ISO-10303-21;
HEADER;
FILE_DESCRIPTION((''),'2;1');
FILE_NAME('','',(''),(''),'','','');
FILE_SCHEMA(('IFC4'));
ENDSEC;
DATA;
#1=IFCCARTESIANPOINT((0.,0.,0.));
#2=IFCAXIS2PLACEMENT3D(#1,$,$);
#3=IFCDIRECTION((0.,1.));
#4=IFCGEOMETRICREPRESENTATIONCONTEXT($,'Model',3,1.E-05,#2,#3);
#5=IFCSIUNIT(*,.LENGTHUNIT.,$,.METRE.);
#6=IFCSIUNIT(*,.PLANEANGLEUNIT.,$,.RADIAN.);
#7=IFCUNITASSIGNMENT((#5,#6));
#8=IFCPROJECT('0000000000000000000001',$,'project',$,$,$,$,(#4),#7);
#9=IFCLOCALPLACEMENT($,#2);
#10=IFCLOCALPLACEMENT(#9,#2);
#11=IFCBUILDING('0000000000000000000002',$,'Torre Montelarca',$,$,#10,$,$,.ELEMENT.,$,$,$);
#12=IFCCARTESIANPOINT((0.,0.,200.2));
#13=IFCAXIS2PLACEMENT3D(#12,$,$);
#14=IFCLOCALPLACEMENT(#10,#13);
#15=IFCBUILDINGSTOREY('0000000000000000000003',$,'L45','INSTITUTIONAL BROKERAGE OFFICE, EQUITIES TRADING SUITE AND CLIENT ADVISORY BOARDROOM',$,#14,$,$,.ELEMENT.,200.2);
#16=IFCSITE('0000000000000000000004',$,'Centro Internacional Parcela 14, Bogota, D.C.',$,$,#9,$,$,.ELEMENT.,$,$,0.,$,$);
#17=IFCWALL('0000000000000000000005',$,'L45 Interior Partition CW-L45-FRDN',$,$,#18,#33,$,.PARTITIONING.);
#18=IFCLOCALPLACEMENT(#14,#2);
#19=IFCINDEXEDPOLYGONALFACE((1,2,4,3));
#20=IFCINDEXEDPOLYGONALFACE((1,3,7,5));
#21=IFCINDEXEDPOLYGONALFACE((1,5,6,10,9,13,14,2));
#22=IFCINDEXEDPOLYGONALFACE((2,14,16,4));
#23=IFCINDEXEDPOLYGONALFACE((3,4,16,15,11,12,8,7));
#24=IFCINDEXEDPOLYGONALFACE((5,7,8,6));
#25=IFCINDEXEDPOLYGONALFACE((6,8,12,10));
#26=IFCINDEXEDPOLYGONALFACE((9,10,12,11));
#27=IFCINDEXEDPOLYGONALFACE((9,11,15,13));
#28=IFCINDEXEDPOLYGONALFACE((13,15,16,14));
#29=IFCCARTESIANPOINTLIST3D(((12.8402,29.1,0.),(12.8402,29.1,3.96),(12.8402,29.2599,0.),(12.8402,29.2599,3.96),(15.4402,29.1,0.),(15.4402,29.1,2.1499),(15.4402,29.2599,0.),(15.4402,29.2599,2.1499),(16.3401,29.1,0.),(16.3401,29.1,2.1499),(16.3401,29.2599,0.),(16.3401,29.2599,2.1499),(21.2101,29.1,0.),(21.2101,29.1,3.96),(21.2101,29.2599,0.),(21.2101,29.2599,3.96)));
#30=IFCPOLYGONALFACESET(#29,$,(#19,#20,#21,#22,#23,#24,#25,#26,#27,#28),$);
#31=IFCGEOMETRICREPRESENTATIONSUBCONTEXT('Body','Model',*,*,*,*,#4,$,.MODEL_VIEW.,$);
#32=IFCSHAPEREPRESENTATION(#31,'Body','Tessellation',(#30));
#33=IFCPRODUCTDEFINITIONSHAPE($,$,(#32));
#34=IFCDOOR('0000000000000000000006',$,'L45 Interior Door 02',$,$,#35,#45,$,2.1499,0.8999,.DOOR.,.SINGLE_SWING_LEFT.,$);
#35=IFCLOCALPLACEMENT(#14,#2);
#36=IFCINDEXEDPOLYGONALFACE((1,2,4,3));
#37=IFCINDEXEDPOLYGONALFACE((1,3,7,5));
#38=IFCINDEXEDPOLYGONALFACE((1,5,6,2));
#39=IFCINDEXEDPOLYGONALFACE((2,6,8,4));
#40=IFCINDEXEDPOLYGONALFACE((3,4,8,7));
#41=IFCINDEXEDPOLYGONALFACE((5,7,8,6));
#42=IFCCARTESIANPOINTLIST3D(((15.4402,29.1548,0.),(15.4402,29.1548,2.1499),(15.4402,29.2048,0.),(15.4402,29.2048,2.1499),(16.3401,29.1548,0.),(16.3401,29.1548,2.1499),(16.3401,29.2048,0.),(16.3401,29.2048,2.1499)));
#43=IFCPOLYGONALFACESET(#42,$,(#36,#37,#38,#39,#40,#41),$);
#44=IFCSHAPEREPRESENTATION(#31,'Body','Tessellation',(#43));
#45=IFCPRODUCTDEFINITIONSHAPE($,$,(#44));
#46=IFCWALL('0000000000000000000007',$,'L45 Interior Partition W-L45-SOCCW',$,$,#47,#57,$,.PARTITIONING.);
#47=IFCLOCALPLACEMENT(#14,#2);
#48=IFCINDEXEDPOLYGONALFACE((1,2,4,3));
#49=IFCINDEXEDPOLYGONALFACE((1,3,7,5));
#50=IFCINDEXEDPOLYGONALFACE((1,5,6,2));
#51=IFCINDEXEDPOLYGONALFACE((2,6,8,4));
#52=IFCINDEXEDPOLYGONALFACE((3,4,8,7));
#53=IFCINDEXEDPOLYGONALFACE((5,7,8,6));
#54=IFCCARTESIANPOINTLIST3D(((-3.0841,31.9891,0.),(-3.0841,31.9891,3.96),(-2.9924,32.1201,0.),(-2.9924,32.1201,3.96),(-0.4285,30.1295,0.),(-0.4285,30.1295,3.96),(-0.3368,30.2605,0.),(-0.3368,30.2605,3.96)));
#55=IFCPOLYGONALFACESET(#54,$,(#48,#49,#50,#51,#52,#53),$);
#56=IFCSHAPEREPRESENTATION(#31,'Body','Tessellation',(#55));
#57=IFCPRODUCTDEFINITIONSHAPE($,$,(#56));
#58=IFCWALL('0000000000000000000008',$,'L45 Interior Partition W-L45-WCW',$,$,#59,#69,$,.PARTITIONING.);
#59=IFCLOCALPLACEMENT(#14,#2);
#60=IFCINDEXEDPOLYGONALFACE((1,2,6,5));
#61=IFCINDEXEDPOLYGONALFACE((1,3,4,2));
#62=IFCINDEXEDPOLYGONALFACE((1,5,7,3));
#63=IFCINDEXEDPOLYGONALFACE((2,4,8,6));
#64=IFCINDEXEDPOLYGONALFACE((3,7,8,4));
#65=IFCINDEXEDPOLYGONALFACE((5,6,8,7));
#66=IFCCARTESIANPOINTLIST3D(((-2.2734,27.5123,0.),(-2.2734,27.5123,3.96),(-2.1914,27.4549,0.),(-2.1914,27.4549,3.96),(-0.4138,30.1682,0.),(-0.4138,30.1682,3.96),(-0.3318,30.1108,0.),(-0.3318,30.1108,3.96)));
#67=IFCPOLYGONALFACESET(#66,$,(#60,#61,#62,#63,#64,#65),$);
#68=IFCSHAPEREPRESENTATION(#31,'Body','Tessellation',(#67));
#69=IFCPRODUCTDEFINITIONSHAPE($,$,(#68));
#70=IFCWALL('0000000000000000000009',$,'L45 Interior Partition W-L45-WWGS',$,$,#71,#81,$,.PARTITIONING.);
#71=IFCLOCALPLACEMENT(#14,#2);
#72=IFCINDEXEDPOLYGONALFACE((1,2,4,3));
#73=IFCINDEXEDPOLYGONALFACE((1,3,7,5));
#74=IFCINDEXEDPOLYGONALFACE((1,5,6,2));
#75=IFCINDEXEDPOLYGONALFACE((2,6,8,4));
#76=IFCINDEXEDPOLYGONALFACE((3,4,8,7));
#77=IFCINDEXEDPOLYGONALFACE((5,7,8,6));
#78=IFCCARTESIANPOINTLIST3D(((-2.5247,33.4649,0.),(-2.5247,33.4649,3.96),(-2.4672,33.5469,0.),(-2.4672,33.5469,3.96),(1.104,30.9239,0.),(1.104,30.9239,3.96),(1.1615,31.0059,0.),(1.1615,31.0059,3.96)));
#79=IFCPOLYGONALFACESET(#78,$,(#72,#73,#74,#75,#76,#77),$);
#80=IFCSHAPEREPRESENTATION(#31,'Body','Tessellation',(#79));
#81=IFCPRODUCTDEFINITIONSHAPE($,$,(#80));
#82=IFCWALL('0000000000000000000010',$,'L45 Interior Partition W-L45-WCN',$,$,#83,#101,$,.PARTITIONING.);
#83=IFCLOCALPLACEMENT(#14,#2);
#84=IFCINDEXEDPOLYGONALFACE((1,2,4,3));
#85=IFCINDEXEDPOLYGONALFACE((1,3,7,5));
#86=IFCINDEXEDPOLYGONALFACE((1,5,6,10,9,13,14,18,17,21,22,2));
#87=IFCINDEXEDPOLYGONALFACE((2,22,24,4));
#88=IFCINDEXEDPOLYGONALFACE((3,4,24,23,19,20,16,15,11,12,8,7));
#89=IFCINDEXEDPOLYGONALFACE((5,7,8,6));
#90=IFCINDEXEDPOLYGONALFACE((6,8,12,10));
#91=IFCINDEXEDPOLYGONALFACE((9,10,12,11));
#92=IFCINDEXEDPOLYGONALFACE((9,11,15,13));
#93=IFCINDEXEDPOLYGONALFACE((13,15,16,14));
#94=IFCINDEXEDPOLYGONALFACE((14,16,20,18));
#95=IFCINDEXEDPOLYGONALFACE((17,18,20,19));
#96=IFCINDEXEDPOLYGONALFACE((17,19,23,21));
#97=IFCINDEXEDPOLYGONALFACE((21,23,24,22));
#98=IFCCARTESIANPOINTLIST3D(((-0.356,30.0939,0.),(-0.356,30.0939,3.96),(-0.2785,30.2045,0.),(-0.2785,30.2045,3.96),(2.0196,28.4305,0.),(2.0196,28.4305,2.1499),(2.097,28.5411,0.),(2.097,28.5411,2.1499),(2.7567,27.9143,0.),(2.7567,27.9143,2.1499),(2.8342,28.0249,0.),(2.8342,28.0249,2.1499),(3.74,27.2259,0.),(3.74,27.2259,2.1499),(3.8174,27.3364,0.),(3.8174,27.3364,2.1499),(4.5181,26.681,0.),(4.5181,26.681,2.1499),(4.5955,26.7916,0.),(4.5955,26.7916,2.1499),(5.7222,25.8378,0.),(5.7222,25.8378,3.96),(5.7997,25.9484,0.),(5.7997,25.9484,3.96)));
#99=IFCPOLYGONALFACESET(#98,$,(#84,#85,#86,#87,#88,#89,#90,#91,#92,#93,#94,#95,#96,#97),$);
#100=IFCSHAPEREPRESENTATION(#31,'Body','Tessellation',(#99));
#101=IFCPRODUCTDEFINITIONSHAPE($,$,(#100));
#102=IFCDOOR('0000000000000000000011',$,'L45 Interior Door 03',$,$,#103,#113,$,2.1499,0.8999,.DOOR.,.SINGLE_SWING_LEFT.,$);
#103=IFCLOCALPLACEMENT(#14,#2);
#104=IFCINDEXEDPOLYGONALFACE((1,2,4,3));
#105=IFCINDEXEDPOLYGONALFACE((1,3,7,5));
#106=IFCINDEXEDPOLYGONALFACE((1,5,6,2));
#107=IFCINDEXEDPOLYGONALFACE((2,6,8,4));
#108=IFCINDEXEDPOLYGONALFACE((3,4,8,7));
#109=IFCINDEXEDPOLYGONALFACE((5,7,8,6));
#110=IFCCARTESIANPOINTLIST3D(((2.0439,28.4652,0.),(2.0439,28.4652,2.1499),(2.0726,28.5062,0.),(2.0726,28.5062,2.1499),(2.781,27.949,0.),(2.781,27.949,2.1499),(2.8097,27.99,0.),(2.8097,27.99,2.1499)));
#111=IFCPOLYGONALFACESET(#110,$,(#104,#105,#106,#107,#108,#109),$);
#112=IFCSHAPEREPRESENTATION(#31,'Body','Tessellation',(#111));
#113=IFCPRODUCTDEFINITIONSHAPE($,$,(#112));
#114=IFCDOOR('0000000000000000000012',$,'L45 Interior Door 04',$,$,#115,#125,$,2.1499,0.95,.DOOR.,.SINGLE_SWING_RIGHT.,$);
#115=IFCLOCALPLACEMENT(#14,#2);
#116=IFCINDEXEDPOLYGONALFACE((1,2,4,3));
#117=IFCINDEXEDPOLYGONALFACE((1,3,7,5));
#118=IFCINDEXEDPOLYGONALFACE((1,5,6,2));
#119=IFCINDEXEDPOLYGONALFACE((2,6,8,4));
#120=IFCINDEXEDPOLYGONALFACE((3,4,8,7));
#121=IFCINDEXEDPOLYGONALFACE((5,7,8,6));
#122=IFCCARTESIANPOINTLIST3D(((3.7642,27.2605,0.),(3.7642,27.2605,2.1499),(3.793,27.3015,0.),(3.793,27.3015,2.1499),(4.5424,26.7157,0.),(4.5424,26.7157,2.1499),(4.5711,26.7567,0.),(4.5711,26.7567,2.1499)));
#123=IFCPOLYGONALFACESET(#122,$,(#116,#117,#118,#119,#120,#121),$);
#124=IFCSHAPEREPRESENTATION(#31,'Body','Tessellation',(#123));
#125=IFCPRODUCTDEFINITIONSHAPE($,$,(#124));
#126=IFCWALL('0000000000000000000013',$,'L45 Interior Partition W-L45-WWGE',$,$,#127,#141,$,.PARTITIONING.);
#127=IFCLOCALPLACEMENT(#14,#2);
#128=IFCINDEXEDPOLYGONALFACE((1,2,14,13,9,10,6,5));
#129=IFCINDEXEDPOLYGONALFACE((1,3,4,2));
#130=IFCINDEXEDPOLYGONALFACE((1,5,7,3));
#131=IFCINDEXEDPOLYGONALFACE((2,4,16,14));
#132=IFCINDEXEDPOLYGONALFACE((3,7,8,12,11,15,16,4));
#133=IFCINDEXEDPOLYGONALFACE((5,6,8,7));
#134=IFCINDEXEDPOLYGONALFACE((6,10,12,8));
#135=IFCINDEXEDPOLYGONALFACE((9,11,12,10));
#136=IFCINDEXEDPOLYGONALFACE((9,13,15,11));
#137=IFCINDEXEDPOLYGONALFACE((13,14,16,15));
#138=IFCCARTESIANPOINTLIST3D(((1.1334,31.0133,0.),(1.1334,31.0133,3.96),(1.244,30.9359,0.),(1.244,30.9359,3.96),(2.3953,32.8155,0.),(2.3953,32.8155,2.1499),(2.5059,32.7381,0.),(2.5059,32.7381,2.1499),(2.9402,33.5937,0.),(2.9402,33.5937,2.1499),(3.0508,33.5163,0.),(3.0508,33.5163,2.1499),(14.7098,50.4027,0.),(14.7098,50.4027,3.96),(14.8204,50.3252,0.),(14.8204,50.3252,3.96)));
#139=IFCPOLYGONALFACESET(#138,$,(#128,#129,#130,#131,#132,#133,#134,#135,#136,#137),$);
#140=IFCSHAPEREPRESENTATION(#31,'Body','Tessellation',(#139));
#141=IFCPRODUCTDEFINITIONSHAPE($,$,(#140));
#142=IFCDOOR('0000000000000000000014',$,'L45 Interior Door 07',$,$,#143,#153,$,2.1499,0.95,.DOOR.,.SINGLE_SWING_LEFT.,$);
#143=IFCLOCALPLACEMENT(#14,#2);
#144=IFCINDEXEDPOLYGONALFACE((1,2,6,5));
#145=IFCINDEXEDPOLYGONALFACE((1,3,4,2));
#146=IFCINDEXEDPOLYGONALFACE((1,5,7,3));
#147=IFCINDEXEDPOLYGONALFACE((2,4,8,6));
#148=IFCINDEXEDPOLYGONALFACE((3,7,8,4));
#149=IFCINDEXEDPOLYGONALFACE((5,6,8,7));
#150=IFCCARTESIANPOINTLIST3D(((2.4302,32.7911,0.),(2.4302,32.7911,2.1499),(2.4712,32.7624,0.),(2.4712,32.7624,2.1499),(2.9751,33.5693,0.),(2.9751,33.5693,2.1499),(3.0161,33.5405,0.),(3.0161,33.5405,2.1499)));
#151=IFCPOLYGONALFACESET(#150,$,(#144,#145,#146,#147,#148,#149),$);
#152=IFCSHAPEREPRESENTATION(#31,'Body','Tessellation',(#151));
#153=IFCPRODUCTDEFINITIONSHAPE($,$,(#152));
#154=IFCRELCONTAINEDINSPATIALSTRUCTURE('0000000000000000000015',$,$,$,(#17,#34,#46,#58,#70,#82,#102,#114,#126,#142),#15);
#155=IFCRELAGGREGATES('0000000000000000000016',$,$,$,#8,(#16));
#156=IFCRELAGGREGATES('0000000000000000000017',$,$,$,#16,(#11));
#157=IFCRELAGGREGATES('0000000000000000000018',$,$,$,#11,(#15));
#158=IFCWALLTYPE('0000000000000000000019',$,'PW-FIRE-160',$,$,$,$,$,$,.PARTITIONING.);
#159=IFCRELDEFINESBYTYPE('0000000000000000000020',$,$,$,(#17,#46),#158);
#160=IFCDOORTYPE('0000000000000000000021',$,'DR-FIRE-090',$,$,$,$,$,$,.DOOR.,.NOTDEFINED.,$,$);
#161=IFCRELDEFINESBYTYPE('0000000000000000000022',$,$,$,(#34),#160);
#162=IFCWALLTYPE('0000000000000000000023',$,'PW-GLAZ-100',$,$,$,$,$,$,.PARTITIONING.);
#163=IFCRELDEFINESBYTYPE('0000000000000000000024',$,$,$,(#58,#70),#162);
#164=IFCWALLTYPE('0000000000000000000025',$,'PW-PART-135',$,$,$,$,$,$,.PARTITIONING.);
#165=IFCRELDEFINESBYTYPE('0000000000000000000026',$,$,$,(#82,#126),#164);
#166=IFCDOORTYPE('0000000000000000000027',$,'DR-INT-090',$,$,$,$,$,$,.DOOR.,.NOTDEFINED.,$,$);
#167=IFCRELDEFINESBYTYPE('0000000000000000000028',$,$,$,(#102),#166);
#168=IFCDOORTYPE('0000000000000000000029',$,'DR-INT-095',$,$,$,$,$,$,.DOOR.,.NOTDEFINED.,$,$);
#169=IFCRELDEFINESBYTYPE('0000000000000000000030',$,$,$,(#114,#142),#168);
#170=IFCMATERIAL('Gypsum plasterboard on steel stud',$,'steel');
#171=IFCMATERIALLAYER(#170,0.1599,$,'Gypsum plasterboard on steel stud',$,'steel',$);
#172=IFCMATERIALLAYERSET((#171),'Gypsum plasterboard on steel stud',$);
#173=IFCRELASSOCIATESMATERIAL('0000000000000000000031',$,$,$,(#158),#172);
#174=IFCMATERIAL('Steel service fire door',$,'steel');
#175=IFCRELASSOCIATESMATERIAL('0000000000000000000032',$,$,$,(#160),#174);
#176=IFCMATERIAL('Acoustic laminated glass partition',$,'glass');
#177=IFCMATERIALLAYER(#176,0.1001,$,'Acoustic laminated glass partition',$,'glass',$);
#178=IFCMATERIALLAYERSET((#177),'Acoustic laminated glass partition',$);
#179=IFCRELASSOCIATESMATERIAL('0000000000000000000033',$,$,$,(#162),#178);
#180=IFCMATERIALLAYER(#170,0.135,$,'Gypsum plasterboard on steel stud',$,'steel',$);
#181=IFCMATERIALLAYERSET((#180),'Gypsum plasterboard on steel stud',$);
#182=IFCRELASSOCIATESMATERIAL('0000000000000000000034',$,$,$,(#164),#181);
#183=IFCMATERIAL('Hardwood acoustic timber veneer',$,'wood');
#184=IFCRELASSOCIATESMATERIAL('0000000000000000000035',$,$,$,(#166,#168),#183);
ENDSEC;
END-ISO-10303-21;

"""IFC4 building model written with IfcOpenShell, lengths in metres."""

from ifc_helpers import new_model, si_unit, direction, frame, frame_2d, origin, place, context, subcontext, project, spatial, rectangle, extrude, source, transform, mapped, material, layer, layer_set, type_object, element, fill, save


model = new_model("IFC4")

# Units and contexts
model_context = context("Model", 3, precision=1e-05, world=origin(), true_north=direction((0.0, 1.0)))
body_context = subcontext(model_context, "Body", "Model", "MODEL_VIEW")
ifc_project = project(units=[si_unit("LENGTHUNIT", "METRE"), si_unit("PLANEANGLEUNIT", "RADIAN")], contexts=[model_context])

# Site, building, storey
site_placement = place(None, origin())
site = spatial("IfcSite", under=ifc_project, at=site_placement, Name="Centro Internacional Parcela 14, Bogota, D.C.", CompositionType="ELEMENT", RefElevation=0.0)
building_placement = place(site_placement, origin())
building = spatial("IfcBuilding", under=site, at=building_placement, Name="Torre Montelarca", CompositionType="ELEMENT")
storey_placement = place(building_placement, frame((0.0, 0.0, 200.2)))
storey = spatial("IfcBuildingStorey", under=building, at=storey_placement, Name="L45", Description="INSTITUTIONAL BROKERAGE OFFICE, EQUITIES TRADING SUITE AND CLIENT ADVISORY BOARDROOM", CompositionType="ELEMENT", Elevation=200.2)

# Wall, opening, door
ifc_material_1 = material(Name="Gypsum plasterboard on steel stud", Category="steel")
ifc_layer_1 = layer(ifc_material_1, 0.1599, Name="Gypsum plasterboard on steel stud", Category="steel")
ifc_layer_set_1 = layer_set([ifc_layer_1], Name="Gypsum plasterboard on steel stud")
wall_type_1 = type_object("IfcWallType", Name="PW-FIRE-160", PredefinedType="PARTITIONING", material=ifc_layer_set_1)
wall_1_placement = place(storey_placement, frame((12.8401, 29.1799, 0.0), z_axis=(0.0, 0.0, 1.0), x_axis=(1.0, 0.0, 0.0)))
wall_1 = element("IfcWall", 1, at=wall_1_placement, inside=storey, type_object=wall_type_1, Name="L45 Interior Partition CW-L45-FRDN", PredefinedType="PARTITIONING", context=body_context, shape_type="SweptSolid", body=[
    extrude(rectangle(XDim=8.3699, YDim=0.1599, at=frame_2d((4.1851, 0.0))), origin(), (0.0, 0.0, 1.0), 3.96),
])
opening_1_placement = place(wall_1_placement, frame((2.6001, 0.0, 0.0)))
opening_1 = element("IfcOpeningElement", 2, at=opening_1_placement, cuts=wall_1, PredefinedType="OPENING", context=body_context, shape_type="SweptSolid", body=[
    extrude(rectangle(XDim=0.8999, YDim=2.1499, at=frame_2d((0.45, 1.075))), frame((0.0, 0.0898, 0.0), z_axis=(0.0, -1.0, 0.0), x_axis=(1.0, 0.0, 0.0)), (0.0, 0.0, 1.0), 0.1799),
])
ifc_material_2 = material(Name="Steel service fire door", Category="steel")
door_type_1 = type_object("IfcDoorType", Name="DR-FIRE-090", OperationType="NOTDEFINED", PredefinedType="DOOR", material=ifc_material_2)
shared_shape_1 = source(origin(), body_context, "Body", "SweptSolid", [
    extrude(rectangle(XDim=0.8999, YDim=2.1499, at=frame_2d((0.45, 1.075))), frame((0.0, 0.0249, 0.0), z_axis=(0.0, -1.0, 0.0), x_axis=(1.0, 0.0, 0.0)), (0.0, 0.0, 1.0), 0.05),
])
door_1_placement = place(opening_1_placement, origin())
door_1 = element("IfcDoor", 3, at=door_1_placement, inside=storey, type_object=door_type_1, Name="L45 Interior Door 02", OperationType="SINGLE_SWING_LEFT", OverallHeight=2.1499, OverallWidth=0.8999, PredefinedType="DOOR", context=body_context, shape_type="MappedRepresentation", body=[
    mapped(shared_shape_1, transform((0.0, 0.0, 0.0), scale=1.0)),
])
fill(opening_1, door_1)

# Walls
wall_2_placement = place(storey_placement, frame((-3.0383, 32.0547, 0.0), z_axis=(0.0, 0.0, 1.0), x_axis=(0.819122, -0.573619, 0.0)))
element("IfcWall", 4, at=wall_2_placement, inside=storey, type_object=wall_type_1, Name="L45 Interior Partition W-L45-SOCCW", PredefinedType="PARTITIONING", context=body_context, shape_type="SweptSolid", body=[
    extrude(rectangle(XDim=3.2419, YDim=0.1599, at=frame_2d((1.6211, 0.0))), origin(), (0.0, 0.0, 1.0), 3.96),
])
ifc_material_3 = material(Name="Acoustic laminated glass partition", Category="glass")
ifc_layer_2 = layer(ifc_material_3, 0.1001, Name="Acoustic laminated glass partition", Category="glass")
ifc_layer_set_2 = layer_set([ifc_layer_2], Name="Acoustic laminated glass partition")
wall_type_2 = type_object("IfcWallType", Name="PW-GLAZ-100", PredefinedType="PARTITIONING", material=ifc_layer_set_2)
wall_3_placement = place(storey_placement, frame((-2.2324, 27.4836, 0.0), z_axis=(0.0, 0.0, 1.0), x_axis=(0.573584, 0.819147, 0.0)))
element("IfcWall", 5, at=wall_3_placement, inside=storey, type_object=wall_type_2, Name="L45 Interior Partition W-L45-WCW", PredefinedType="PARTITIONING", context=body_context, shape_type="SweptSolid", body=[
    extrude(rectangle(XDim=3.2422, YDim=0.1001, at=frame_2d((1.6211, 0.0))), origin(), (0.0, 0.0, 1.0), 3.96),
])
wall_4_placement = place(storey_placement, frame((-2.4958, 33.5059, 0.0), z_axis=(0.0, 0.0, 1.0), x_axis=(0.819131, -0.573607, 0.0)))
element("IfcWall", 6, at=wall_4_placement, inside=storey, type_object=wall_type_2, Name="L45 Interior Partition W-L45-WWGS", PredefinedType="PARTITIONING", context=body_context, shape_type="SweptSolid", body=[
    extrude(rectangle(XDim=4.4299, YDim=0.1001, at=frame_2d((2.2148, 0.0))), origin(), (0.0, 0.0, 1.0), 3.96),
])

# Wall, openings, doors
ifc_layer_3 = layer(ifc_material_1, 0.135, Name="Gypsum plasterboard on steel stud", Category="steel")
ifc_layer_set_3 = layer_set([ifc_layer_3], Name="Gypsum plasterboard on steel stud")
wall_type_3 = type_object("IfcWallType", Name="PW-PART-135", PredefinedType="PARTITIONING", material=ifc_layer_set_3)
wall_5_placement = place(storey_placement, frame((-0.3171, 30.1492, 0.0), z_axis=(0.0, 0.0, 1.0), x_axis=(0.819142, -0.57359, 0.0)))
wall_5 = element("IfcWall", 7, at=wall_5_placement, inside=storey, type_object=wall_type_3, Name="L45 Interior Partition W-L45-WCN", PredefinedType="PARTITIONING", context=body_context, shape_type="SweptSolid", body=[
    extrude(rectangle(XDim=7.4202, YDim=0.135, at=frame_2d((3.71, 0.0))), origin(), (0.0, 0.0, 1.0), 3.96),
])
opening_2_placement = place(wall_5_placement, frame((2.8999, 0.0, 0.0)))
opening_2 = element("IfcOpeningElement", 8, at=opening_2_placement, cuts=wall_5, PredefinedType="OPENING", context=body_context, shape_type="SweptSolid", body=[
    extrude(rectangle(XDim=0.8999, YDim=2.1499, at=frame_2d((0.45, 1.075))), frame((0.0, 0.0776, 0.0), z_axis=(0.0, -1.0, 0.0), x_axis=(1.0, 0.0, 0.0)), (0.0, 0.0, 1.0), 0.155),
])
opening_3_placement = place(wall_5_placement, frame((5.0, 0.0, 0.0)))
opening_3 = element("IfcOpeningElement", 9, at=opening_3_placement, cuts=wall_5, PredefinedType="OPENING", context=body_context, shape_type="SweptSolid", body=[
    extrude(rectangle(XDim=0.95, YDim=2.1499, at=frame_2d((0.4751, 1.075))), frame((0.0, 0.0776, 0.0), z_axis=(0.0, -1.0, 0.0), x_axis=(1.0, 0.0, 0.0)), (0.0, 0.0, 1.0), 0.155),
])
ifc_material_4 = material(Name="Hardwood acoustic timber veneer", Category="wood")
door_type_2 = type_object("IfcDoorType", Name="DR-INT-090", OperationType="NOTDEFINED", PredefinedType="DOOR", material=ifc_material_4)
shared_shape_2 = source(origin(), body_context, "Body", "SweptSolid", [
    extrude(rectangle(XDim=0.8999, YDim=2.1499, at=frame_2d((0.45, 1.075))), frame((0.0, 0.0249, 0.0), z_axis=(0.0, -1.0, 0.0), x_axis=(1.0, 0.0, 0.0)), (0.0, 0.0, 1.0), 0.05),
])
door_2_placement = place(opening_2_placement, origin())
door_2 = element("IfcDoor", 10, at=door_2_placement, inside=storey, type_object=door_type_2, Name="L45 Interior Door 03", OperationType="SINGLE_SWING_LEFT", OverallHeight=2.1499, OverallWidth=0.8999, PredefinedType="DOOR", context=body_context, shape_type="MappedRepresentation", body=[
    mapped(shared_shape_2, transform((0.0, 0.0, 0.0), scale=1.0)),
])
fill(opening_2, door_2)
door_type_3 = type_object("IfcDoorType", Name="DR-INT-095", OperationType="NOTDEFINED", PredefinedType="DOOR", material=ifc_material_4)
shared_shape_3 = source(origin(), body_context, "Body", "SweptSolid", [
    extrude(rectangle(XDim=0.95, YDim=2.1499, at=frame_2d((0.4751, 1.075))), frame((0.0, 0.0249, 0.0), z_axis=(0.0, -1.0, 0.0), x_axis=(1.0, 0.0, 0.0)), (0.0, 0.0, 1.0), 0.05),
])
door_3_placement = place(opening_3_placement, origin())
door_3 = element("IfcDoor", 11, at=door_3_placement, inside=storey, type_object=door_type_3, Name="L45 Interior Door 04", OperationType="SINGLE_SWING_RIGHT", OverallHeight=2.1499, OverallWidth=0.95, PredefinedType="DOOR", context=body_context, shape_type="MappedRepresentation", body=[
    mapped(shared_shape_3, transform((0.0, 0.0, 0.0), scale=1.0)),
])
fill(opening_3, door_3)

# Wall, opening, door
wall_6_placement = place(storey_placement, frame((1.1887, 30.9746, 0.0), z_axis=(0.0, 0.0, 1.0), x_axis=(0.573571, 0.819156, 0.0)))
wall_6 = element("IfcWall", 12, at=wall_6_placement, inside=storey, type_object=wall_type_3, Name="L45 Interior Partition W-L45-WWGE", PredefinedType="PARTITIONING", context=body_context, shape_type="SweptSolid", body=[
    extrude(rectangle(XDim=23.6699, YDim=0.135, at=frame_2d((11.835, 0.0))), origin(), (0.0, 0.0, 1.0), 3.96),
])
opening_4_placement = place(wall_6_placement, frame((2.2, 0.0, 0.0)))
opening_4 = element("IfcOpeningElement", 13, at=opening_4_placement, cuts=wall_6, PredefinedType="OPENING", context=body_context, shape_type="SweptSolid", body=[
    extrude(rectangle(XDim=0.95, YDim=2.1499, at=frame_2d((0.4751, 1.075))), frame((0.0, 0.0776, 0.0), z_axis=(0.0, -1.0, 0.0), x_axis=(1.0, 0.0, 0.0)), (0.0, 0.0, 1.0), 0.155),
])
door_4_placement = place(opening_4_placement, origin())
door_4 = element("IfcDoor", 14, at=door_4_placement, inside=storey, type_object=door_type_3, Name="L45 Interior Door 07", OperationType="SINGLE_SWING_LEFT", OverallHeight=2.1499, OverallWidth=0.95, PredefinedType="DOOR", context=body_context, shape_type="MappedRepresentation", body=[
    mapped(shared_shape_3, transform((0.0, 0.0, 0.0), scale=1.0)),
])
fill(opening_4, door_4)

save(model, "model.ifc")
